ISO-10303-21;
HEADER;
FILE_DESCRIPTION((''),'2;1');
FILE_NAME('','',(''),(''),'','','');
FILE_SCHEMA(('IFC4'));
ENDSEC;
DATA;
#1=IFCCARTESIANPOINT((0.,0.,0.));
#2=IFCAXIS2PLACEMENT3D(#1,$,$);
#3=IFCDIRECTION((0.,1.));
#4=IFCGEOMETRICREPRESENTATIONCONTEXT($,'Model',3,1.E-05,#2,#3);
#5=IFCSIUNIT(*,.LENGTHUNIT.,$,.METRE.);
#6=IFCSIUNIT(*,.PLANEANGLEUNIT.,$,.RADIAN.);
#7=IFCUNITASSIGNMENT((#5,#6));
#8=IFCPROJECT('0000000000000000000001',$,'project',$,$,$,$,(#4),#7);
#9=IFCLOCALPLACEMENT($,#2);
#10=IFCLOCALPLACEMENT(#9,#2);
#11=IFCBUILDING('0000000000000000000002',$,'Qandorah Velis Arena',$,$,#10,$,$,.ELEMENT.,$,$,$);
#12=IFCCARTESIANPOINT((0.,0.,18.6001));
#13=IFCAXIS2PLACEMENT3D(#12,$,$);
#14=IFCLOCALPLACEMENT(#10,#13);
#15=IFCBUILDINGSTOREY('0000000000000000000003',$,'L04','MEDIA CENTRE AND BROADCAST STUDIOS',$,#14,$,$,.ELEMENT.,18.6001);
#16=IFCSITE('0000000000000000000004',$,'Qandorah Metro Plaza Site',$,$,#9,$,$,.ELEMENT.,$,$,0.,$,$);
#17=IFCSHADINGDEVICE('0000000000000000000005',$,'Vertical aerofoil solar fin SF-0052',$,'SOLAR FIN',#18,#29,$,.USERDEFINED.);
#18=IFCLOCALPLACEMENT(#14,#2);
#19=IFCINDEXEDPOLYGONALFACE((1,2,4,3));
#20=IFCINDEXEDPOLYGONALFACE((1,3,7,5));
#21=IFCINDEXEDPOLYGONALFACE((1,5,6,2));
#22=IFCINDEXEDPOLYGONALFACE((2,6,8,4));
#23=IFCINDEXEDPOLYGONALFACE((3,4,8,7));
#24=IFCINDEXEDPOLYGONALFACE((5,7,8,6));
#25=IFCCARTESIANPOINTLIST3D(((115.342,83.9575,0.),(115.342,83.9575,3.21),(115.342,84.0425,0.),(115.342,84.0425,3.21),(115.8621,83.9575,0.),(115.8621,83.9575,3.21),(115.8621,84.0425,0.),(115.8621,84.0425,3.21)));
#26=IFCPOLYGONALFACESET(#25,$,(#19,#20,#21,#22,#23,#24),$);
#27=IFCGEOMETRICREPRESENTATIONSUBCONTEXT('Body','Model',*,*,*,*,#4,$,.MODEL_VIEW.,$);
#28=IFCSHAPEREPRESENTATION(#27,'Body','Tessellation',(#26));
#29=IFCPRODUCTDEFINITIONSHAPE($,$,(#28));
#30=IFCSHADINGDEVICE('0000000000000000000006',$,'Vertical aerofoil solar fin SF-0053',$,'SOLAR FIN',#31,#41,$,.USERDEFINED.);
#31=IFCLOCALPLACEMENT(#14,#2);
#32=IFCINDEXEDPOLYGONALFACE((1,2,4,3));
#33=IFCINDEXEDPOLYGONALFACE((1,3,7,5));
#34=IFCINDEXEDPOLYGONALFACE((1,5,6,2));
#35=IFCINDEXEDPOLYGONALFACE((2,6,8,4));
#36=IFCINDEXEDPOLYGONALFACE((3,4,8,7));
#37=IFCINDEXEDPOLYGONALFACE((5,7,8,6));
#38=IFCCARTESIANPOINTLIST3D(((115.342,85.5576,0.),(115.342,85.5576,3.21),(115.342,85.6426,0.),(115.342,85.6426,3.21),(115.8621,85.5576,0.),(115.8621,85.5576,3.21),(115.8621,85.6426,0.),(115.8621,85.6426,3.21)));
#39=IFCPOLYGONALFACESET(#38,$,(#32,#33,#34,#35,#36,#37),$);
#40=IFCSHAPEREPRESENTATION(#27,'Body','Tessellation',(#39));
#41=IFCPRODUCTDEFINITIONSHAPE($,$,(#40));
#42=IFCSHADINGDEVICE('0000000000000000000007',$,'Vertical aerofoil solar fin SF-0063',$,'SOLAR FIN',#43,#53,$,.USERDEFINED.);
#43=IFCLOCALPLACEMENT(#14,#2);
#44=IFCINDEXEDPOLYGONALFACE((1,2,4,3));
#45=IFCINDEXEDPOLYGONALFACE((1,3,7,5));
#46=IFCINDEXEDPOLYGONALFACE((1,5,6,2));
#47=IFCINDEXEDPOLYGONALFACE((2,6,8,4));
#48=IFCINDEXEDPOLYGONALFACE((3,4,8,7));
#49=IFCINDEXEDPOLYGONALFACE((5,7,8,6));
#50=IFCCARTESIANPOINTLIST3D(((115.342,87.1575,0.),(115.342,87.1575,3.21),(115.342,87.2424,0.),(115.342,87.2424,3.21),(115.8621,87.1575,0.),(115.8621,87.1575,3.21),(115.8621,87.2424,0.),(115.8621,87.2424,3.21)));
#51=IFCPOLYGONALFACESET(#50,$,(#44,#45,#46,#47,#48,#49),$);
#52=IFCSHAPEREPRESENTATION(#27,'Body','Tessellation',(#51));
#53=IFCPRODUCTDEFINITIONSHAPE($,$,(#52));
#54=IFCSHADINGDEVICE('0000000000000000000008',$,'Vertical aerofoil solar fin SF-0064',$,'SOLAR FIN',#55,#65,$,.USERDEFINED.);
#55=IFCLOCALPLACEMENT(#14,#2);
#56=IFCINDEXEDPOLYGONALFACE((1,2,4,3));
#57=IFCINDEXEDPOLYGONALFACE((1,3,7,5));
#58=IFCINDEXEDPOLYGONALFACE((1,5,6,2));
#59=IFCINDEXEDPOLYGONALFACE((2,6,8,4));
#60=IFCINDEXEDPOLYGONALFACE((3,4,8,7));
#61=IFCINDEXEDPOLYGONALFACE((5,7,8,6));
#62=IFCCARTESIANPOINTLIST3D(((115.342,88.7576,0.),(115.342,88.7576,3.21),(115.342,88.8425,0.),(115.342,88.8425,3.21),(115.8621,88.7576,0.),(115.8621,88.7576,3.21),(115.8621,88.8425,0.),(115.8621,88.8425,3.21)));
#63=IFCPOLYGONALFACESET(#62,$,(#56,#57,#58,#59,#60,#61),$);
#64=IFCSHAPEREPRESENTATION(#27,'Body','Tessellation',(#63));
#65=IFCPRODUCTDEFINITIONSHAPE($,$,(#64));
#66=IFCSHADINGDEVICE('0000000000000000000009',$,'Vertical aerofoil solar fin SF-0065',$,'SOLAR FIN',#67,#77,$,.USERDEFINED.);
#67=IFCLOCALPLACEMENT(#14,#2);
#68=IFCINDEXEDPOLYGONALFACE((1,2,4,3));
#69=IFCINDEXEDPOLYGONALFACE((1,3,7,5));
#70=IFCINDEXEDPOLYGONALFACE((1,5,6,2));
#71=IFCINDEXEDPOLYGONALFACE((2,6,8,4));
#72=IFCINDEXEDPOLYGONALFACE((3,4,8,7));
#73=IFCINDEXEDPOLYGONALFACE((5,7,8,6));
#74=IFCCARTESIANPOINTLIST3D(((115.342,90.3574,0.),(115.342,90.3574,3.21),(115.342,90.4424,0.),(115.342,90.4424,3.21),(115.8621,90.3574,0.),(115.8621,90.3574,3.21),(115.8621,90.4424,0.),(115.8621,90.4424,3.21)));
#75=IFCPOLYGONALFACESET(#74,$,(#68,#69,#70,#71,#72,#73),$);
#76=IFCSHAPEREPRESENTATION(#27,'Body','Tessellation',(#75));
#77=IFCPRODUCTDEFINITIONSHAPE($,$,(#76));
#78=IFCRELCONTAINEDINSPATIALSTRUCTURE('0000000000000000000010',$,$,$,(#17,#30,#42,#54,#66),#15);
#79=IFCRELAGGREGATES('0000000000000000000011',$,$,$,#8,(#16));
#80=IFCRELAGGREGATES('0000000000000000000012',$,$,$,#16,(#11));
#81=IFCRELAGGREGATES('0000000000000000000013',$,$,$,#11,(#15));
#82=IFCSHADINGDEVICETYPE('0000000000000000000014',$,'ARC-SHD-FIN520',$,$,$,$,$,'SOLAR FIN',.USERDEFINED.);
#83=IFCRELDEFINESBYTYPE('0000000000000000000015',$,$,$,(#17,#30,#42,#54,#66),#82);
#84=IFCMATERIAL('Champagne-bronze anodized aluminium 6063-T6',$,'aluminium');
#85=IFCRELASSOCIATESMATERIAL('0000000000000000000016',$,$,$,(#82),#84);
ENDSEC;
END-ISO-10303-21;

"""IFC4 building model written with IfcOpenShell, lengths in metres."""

from ifc_helpers import new_model, si_unit, direction, frame, origin, origin_2d, place, context, subcontext, project, spatial, rectangle, extrude, material, type_object, element, save


model = new_model("IFC4")

# Units and contexts
model_context = context("Model", 3, precision=1e-05, world=origin(), true_north=direction((0.0, 1.0)))
body_context = subcontext(model_context, "Body", "Model", "MODEL_VIEW")
ifc_project = project(units=[si_unit("LENGTHUNIT", "METRE"), si_unit("PLANEANGLEUNIT", "RADIAN")], contexts=[model_context])

# Site, building, storey
site_placement = place(None, origin())
site = spatial("IfcSite", under=ifc_project, at=site_placement, Name="Qandorah Metro Plaza Site", CompositionType="ELEMENT", RefElevation=0.0)
building_placement = place(site_placement, origin())
building = spatial("IfcBuilding", under=site, at=building_placement, Name="Qandorah Velis Arena", CompositionType="ELEMENT")
storey_placement = place(building_placement, frame((0.0, 0.0, 18.6001)))
storey = spatial("IfcBuildingStorey", under=building, at=storey_placement, Name="L04", Description="MEDIA CENTRE AND BROADCAST STUDIOS", CompositionType="ELEMENT", Elevation=18.6001)

# Shared definitions
ifc_material = material(Name="Champagne-bronze anodized aluminium 6063-T6", Category="aluminium")

# Shading devices
shading_device_type = type_object("IfcShadingDeviceType", Name="ARC-SHD-FIN520", ElementType="SOLAR FIN", PredefinedType="USERDEFINED", material=ifc_material)
for number, where, z_axis, x_axis, name in (
    (1, (115.6021, 84.0, 0.0), (0.0, 0.0, 1.0), (1.0, 0.0, 0.0), "Vertical aerofoil solar fin SF-0052"),
    (2, (115.6021, 85.6001, 0.0), (0.0, 0.0, 1.0), (1.0, 0.0, 0.0), "Vertical aerofoil solar fin SF-0053"),
    (3, (115.6021, 87.2, 0.0), (0.0, 0.0, 1.0), (1.0, 0.0, 0.0), "Vertical aerofoil solar fin SF-0063"),
    (4, (115.6021, 88.8, 0.0), (0.0, 0.0, 1.0), (1.0, 0.0, 0.0), "Vertical aerofoil solar fin SF-0064"),
    (5, (115.6021, 90.3999, 0.0), (0.0, 0.0, 1.0), (1.0, 0.0, 0.0), "Vertical aerofoil solar fin SF-0065"),
):
    element("IfcShadingDevice", number, at=place(storey_placement, frame(where, z_axis=z_axis, x_axis=x_axis)), inside=storey, type_object=shading_device_type, Name=name, ObjectType="SOLAR FIN", PredefinedType="USERDEFINED", context=body_context, shape_type="SweptSolid", body=[
        extrude(rectangle(XDim=0.52, YDim=0.085, at=origin_2d()), origin(), (0.0, 0.0, 1.0), 3.21),
    ])

save(model, "model.ifc")
